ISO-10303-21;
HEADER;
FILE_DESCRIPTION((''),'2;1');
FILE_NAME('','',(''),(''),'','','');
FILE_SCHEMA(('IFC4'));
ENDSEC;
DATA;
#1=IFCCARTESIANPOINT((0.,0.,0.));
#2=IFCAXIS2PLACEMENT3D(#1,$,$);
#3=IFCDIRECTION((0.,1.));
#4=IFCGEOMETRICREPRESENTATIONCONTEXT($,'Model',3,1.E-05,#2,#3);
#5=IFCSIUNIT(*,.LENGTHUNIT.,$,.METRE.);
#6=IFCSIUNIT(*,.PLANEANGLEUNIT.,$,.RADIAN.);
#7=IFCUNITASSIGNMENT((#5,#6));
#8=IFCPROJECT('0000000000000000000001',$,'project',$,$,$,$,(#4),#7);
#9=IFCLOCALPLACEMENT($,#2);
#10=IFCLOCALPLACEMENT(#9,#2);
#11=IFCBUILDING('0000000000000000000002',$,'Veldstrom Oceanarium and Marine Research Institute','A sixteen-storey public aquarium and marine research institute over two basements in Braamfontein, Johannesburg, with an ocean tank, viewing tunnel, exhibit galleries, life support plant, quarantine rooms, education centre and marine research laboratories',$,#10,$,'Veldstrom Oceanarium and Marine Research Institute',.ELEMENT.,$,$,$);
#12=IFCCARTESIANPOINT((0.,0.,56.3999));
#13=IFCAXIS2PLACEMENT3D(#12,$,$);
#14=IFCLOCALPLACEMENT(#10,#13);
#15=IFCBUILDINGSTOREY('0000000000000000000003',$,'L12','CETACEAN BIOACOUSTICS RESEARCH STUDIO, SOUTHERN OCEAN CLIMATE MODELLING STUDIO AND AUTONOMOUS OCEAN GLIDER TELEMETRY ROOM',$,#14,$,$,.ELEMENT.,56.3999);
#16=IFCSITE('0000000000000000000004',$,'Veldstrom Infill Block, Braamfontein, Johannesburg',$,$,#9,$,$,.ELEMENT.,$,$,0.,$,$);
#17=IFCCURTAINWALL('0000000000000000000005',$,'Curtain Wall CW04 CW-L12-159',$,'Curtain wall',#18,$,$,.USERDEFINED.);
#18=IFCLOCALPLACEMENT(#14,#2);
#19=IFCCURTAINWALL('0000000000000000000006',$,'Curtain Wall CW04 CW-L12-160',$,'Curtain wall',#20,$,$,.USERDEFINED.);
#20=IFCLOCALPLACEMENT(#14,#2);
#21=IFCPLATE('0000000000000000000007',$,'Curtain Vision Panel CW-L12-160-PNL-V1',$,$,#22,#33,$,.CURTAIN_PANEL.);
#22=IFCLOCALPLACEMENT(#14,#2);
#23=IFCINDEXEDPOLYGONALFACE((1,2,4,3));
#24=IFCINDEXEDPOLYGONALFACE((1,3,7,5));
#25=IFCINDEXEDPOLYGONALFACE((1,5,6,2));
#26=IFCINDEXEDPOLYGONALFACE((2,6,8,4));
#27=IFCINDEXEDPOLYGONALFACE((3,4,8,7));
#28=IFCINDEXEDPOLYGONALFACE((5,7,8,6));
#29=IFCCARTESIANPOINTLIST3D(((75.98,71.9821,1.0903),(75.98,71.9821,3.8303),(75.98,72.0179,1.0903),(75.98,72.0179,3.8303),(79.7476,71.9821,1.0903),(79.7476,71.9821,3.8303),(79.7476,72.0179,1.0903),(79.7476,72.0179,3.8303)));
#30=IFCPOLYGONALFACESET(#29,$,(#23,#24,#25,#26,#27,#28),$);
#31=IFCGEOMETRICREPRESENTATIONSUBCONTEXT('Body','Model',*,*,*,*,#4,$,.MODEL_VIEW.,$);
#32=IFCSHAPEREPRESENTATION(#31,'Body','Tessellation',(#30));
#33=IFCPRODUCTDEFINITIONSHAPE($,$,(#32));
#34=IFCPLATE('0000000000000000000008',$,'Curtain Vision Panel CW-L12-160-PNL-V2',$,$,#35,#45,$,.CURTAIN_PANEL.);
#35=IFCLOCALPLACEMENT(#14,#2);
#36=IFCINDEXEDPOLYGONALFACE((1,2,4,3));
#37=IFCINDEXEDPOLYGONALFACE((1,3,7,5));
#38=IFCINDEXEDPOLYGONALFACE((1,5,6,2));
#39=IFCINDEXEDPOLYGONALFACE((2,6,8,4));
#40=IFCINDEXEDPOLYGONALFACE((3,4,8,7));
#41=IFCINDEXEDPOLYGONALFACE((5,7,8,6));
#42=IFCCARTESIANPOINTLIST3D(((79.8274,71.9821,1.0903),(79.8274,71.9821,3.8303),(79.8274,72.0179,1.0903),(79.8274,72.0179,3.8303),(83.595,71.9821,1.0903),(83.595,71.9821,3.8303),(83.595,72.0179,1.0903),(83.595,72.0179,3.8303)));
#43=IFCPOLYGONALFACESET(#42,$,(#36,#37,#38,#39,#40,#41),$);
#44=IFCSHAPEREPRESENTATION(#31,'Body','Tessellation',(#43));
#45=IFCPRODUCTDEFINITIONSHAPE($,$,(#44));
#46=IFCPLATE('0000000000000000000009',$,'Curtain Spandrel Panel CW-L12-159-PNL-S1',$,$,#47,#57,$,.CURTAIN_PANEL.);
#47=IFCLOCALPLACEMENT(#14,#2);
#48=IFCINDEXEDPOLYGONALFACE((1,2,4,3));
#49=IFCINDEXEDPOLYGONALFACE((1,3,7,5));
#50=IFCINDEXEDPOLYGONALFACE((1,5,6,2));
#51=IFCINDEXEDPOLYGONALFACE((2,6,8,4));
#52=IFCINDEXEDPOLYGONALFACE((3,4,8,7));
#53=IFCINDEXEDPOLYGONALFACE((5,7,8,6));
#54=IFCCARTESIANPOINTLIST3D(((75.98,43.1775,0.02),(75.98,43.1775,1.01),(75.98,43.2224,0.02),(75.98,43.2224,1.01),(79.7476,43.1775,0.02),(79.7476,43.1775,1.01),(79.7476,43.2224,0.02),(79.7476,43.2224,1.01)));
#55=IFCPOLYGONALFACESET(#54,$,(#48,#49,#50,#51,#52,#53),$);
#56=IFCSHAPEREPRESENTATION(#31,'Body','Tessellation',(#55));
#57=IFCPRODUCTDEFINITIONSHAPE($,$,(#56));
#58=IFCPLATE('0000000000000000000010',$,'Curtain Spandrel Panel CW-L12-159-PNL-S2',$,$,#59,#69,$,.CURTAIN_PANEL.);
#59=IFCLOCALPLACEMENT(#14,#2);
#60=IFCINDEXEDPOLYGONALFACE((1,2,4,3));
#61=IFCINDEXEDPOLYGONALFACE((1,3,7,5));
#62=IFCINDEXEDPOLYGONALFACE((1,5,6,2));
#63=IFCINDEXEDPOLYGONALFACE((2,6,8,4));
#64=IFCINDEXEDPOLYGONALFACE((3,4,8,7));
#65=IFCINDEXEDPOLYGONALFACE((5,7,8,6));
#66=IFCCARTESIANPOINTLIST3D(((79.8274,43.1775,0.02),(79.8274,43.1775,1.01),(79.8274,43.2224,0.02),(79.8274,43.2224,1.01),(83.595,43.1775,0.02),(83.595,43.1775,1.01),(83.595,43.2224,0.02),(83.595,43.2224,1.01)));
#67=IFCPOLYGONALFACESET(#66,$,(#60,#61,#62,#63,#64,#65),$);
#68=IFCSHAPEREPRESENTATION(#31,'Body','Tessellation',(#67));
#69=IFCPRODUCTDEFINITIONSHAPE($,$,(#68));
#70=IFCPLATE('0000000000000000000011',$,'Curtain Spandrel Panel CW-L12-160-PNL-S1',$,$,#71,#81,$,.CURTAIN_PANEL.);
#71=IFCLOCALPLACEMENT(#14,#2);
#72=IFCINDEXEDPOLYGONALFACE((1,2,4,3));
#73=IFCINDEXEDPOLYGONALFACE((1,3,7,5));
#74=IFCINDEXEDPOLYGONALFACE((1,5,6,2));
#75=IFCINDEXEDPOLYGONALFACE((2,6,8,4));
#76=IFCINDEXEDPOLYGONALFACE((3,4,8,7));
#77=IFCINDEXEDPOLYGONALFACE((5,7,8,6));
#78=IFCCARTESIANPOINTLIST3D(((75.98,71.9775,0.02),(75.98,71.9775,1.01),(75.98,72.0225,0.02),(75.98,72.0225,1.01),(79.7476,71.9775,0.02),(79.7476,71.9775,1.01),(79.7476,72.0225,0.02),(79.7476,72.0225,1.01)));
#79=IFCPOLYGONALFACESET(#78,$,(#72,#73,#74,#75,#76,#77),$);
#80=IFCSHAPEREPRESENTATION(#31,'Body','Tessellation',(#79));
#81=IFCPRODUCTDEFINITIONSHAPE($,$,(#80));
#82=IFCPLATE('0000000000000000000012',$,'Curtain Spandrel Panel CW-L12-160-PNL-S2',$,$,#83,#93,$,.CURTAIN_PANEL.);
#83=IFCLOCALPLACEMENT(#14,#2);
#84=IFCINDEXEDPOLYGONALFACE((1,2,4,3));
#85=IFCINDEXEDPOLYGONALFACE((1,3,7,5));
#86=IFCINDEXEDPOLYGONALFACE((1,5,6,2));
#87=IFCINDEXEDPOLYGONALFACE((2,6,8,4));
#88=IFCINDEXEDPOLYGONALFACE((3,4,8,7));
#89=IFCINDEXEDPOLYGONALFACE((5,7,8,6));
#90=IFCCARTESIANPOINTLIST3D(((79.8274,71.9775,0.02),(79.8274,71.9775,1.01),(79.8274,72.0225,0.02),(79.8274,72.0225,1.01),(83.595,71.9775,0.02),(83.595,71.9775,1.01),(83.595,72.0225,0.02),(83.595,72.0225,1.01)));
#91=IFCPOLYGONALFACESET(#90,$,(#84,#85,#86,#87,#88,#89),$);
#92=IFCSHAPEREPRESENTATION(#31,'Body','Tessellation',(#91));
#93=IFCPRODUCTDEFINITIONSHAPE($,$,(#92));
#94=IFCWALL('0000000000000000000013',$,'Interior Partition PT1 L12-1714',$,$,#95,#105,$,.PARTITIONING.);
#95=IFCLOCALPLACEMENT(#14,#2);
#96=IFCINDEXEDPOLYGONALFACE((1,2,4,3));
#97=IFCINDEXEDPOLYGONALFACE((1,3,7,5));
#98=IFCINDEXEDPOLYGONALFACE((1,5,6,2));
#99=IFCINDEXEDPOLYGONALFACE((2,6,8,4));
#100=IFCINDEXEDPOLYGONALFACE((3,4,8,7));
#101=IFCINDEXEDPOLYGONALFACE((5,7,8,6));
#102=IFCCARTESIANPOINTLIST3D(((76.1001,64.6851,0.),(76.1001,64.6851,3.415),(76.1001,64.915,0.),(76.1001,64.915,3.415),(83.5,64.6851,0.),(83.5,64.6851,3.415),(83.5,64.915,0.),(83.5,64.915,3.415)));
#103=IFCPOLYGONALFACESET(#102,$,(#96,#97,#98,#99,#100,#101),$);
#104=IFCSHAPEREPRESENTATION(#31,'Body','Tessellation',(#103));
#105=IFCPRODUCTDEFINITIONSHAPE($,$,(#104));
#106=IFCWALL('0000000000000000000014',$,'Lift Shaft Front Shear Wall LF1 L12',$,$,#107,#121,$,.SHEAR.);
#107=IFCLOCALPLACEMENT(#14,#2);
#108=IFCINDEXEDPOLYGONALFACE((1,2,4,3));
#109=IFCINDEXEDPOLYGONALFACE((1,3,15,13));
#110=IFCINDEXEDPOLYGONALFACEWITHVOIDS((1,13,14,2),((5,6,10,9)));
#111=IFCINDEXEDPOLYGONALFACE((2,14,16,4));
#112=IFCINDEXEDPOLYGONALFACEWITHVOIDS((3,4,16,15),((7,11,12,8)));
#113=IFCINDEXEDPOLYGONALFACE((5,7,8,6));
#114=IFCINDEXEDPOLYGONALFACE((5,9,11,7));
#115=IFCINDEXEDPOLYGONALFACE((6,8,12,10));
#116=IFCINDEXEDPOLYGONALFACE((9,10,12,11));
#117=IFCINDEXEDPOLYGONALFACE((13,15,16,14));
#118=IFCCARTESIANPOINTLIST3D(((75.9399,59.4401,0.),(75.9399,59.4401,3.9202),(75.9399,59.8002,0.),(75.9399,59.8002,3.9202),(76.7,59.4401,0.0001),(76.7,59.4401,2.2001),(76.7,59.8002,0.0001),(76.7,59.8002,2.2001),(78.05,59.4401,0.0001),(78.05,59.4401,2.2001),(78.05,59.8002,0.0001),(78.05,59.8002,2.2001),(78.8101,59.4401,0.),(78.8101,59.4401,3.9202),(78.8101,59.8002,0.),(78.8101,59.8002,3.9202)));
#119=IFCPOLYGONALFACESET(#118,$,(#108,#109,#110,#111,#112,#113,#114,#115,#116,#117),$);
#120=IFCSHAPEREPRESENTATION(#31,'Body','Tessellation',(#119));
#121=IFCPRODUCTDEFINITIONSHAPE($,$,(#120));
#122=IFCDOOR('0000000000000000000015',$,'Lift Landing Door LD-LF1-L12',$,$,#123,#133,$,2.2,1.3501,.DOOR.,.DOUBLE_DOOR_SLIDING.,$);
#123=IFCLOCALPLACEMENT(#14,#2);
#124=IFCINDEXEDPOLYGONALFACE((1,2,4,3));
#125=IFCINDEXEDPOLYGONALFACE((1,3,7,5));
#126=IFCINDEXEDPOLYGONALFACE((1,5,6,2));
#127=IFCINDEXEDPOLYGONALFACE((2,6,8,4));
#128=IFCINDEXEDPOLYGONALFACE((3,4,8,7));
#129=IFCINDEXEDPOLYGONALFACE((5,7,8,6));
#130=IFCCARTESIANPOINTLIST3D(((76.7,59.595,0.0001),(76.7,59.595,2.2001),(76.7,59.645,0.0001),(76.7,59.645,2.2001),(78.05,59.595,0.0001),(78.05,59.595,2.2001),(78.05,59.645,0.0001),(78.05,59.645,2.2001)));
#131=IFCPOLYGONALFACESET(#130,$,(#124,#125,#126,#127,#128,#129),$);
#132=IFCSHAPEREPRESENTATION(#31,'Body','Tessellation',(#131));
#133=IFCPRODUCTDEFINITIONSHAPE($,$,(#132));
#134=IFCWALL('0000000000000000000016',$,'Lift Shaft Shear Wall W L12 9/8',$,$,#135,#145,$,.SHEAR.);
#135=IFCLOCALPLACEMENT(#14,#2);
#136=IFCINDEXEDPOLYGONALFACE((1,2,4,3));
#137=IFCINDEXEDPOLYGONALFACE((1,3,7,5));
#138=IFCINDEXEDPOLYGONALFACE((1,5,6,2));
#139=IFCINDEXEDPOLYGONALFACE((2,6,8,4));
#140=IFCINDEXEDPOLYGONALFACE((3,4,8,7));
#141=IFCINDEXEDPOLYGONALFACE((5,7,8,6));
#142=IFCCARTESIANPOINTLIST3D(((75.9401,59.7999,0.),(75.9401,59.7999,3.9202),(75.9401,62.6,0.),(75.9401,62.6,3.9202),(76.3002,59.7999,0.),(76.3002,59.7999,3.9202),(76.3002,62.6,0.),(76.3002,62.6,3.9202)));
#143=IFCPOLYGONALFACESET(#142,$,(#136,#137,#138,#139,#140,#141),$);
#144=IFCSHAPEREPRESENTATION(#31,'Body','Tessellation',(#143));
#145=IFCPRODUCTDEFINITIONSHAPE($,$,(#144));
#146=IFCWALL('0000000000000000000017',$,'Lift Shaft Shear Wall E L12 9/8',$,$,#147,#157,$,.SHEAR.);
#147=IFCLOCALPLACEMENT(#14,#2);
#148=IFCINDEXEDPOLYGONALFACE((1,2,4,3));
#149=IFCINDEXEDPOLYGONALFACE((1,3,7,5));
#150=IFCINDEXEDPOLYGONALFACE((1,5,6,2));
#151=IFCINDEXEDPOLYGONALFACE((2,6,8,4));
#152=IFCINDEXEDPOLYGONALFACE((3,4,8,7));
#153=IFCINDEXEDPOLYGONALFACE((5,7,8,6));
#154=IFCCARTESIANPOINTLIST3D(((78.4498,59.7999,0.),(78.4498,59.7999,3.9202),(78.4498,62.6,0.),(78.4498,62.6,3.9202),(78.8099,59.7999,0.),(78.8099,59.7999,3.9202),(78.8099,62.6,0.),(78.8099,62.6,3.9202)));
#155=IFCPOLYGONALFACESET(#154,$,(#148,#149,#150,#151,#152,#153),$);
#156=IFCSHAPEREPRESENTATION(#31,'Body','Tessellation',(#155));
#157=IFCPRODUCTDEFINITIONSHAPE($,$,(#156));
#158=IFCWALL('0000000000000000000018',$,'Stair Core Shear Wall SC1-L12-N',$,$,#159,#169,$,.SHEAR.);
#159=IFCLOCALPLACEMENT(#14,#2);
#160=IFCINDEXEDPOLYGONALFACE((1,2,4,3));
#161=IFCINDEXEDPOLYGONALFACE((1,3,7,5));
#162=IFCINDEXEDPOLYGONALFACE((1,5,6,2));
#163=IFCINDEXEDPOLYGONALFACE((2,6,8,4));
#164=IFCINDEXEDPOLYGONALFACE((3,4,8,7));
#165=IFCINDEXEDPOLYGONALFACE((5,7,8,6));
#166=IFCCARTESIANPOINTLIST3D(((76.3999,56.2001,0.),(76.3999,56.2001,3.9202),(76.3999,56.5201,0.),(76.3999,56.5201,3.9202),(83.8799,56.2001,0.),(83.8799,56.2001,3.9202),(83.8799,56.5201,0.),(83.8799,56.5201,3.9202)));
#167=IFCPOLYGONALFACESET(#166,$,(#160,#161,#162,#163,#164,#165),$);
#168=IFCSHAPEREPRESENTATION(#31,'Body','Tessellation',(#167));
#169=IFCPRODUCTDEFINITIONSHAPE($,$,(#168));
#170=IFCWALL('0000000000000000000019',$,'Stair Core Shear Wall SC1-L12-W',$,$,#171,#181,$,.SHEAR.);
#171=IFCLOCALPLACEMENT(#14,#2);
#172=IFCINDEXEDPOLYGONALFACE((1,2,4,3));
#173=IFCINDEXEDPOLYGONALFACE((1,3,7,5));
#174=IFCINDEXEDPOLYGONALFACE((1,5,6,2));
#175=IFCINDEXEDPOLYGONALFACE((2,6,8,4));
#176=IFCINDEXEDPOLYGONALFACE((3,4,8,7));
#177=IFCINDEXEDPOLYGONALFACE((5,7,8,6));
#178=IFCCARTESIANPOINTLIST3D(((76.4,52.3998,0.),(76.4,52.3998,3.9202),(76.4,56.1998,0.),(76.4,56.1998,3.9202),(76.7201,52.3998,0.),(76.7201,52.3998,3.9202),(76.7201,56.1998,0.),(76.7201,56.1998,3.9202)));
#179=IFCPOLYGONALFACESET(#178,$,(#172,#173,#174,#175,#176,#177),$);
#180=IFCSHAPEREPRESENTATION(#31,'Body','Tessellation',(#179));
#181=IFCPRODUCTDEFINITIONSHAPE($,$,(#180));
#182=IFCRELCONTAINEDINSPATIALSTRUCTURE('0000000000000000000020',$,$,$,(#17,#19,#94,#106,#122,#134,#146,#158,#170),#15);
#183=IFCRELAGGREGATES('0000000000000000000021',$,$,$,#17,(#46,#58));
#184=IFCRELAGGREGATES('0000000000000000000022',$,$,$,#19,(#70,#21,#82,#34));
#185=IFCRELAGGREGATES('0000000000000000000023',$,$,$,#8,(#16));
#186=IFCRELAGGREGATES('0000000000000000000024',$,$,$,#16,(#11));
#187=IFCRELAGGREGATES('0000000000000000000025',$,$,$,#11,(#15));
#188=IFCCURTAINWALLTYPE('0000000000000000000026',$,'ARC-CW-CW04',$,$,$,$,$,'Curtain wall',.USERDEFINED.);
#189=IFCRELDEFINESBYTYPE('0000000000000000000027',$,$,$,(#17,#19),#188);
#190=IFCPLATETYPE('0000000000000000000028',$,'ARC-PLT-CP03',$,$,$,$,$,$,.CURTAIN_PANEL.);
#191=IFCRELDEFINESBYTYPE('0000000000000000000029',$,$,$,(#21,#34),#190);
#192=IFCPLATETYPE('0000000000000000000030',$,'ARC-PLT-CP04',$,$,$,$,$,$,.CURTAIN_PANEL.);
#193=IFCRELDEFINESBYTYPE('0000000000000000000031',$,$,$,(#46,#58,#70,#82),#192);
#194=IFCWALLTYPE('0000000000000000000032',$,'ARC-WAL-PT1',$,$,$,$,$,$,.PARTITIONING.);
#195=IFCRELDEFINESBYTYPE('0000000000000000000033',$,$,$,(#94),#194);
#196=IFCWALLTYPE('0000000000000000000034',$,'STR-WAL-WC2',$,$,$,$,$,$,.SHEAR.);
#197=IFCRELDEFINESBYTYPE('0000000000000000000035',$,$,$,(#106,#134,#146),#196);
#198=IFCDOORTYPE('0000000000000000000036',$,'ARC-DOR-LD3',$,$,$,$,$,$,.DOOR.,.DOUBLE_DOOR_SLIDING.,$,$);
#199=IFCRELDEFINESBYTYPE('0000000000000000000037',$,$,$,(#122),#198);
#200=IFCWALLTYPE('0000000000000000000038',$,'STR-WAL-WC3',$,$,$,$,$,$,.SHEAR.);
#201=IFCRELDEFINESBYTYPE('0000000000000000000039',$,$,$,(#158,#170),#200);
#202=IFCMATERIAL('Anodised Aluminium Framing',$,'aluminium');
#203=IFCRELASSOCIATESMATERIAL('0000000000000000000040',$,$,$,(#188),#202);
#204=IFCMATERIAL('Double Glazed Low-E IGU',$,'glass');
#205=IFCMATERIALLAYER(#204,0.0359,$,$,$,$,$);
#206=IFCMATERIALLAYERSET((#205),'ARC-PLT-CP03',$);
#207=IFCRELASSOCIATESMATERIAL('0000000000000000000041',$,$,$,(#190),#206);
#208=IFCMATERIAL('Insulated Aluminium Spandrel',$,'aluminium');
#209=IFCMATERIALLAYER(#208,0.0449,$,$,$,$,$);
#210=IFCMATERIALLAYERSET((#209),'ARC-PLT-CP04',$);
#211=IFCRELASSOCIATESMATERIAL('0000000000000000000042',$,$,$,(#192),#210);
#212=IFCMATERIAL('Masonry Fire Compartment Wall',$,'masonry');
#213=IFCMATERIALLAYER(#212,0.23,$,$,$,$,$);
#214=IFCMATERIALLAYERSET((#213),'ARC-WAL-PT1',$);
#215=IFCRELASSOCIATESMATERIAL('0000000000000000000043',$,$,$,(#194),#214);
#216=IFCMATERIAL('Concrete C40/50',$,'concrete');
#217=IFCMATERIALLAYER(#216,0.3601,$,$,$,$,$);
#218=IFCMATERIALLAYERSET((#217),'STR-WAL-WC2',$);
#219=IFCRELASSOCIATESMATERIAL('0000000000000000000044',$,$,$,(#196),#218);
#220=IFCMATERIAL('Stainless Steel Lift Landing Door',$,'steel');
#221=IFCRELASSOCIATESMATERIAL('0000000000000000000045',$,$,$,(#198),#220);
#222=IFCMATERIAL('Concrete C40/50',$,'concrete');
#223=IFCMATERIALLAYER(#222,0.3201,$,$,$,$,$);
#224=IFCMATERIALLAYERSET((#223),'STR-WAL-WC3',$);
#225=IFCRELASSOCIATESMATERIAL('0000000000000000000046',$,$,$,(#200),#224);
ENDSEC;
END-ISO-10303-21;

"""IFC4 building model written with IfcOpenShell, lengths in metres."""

from ifc_helpers import new_model, si_unit, direction, frame, frame_2d, origin, origin_2d, place, context, subcontext, project, spatial, rectangle, extrude, material, layer, layer_set, type_object, element, fill, aggregate, save


model = new_model("IFC4")

# Units and contexts
model_context = context("Model", 3, precision=1e-05, world=origin(), true_north=direction((0.0, 1.0)))
body_context = subcontext(model_context, "Body", "Model", "MODEL_VIEW")
ifc_project = project(units=[si_unit("LENGTHUNIT", "METRE"), si_unit("PLANEANGLEUNIT", "RADIAN")], contexts=[model_context])

# Site, building, storey
site_placement = place(None, origin())
site = spatial("IfcSite", under=ifc_project, at=site_placement, Name="Veldstrom Infill Block, Braamfontein, Johannesburg", CompositionType="ELEMENT", RefElevation=0.0)
building_placement = place(site_placement, origin())
building = spatial("IfcBuilding", under=site, at=building_placement, Name="Veldstrom Oceanarium and Marine Research Institute", Description="A sixteen-storey public aquarium and marine research institute over two basements in Braamfontein, Johannesburg, with an ocean tank, viewing tunnel, exhibit galleries, life support plant, quarantine rooms, education centre and marine research laboratories", LongName="Veldstrom Oceanarium and Marine Research Institute", CompositionType="ELEMENT")
storey_placement = place(building_placement, frame((0.0, 0.0, 56.3999)))
storey = spatial("IfcBuildingStorey", under=building, at=storey_placement, Name="L12", Description="CETACEAN BIOACOUSTICS RESEARCH STUDIO, SOUTHERN OCEAN CLIMATE MODELLING STUDIO AND AUTONOMOUS OCEAN GLIDER TELEMETRY ROOM", CompositionType="ELEMENT", Elevation=56.3999)

# Curtain walls
ifc_material_1 = material(Name="Anodised Aluminium Framing", Category="aluminium")
curtain_wall_type = type_object("IfcCurtainWallType", Name="ARC-CW-CW04", ElementType="Curtain wall", PredefinedType="USERDEFINED", material=ifc_material_1)
curtain_wall_1_placement = place(storey_placement, origin())
curtain_wall_1 = element("IfcCurtainWall", 1, at=curtain_wall_1_placement, inside=storey, type_object=curtain_wall_type, Name="Curtain Wall CW04 CW-L12-159", ObjectType="Curtain wall", PredefinedType="USERDEFINED")
curtain_wall_2_placement = place(storey_placement, origin())
curtain_wall_2 = element("IfcCurtainWall", 2, at=curtain_wall_2_placement, inside=storey, type_object=curtain_wall_type, Name="Curtain Wall CW04 CW-L12-160", ObjectType="Curtain wall", PredefinedType="USERDEFINED")

# Plates
ifc_material_2 = material(Name="Double Glazed Low-E IGU", Category="glass")
ifc_layer_1 = layer(ifc_material_2, 0.0359)
ifc_layer_set_1 = layer_set([ifc_layer_1], Name="ARC-PLT-CP03")
plate_type_1 = type_object("IfcPlateType", Name="ARC-PLT-CP03", PredefinedType="CURTAIN_PANEL", material=ifc_layer_set_1)
plate_1_placement = place(storey_placement, frame((77.8638, 72.0, 1.0903), z_axis=(0.0, 0.0, 1.0), x_axis=(1.0, 0.0, 0.0)))
plate_1 = element("IfcPlate", 3, at=plate_1_placement, type_object=plate_type_1, Name="Curtain Vision Panel CW-L12-160-PNL-V1", PredefinedType="CURTAIN_PANEL", context=body_context, shape_type="SweptSolid", body=[
    extrude(rectangle(XDim=3.7676, YDim=0.0359, at=origin_2d()), origin(), (0.0, 0.0, 1.0), 2.74),
])
plate_2_placement = place(storey_placement, frame((81.7112, 72.0, 1.0903), z_axis=(0.0, 0.0, 1.0), x_axis=(1.0, 0.0, 0.0)))
plate_2 = element("IfcPlate", 4, at=plate_2_placement, type_object=plate_type_1, Name="Curtain Vision Panel CW-L12-160-PNL-V2", PredefinedType="CURTAIN_PANEL", context=body_context, shape_type="SweptSolid", body=[
    extrude(rectangle(XDim=3.7676, YDim=0.0359, at=origin_2d()), origin(), (0.0, 0.0, 1.0), 2.74),
])
ifc_material_3 = material(Name="Insulated Aluminium Spandrel", Category="aluminium")
ifc_layer_2 = layer(ifc_material_3, 0.0449)
ifc_layer_set_2 = layer_set([ifc_layer_2], Name="ARC-PLT-CP04")
plate_type_2 = type_object("IfcPlateType", Name="ARC-PLT-CP04", PredefinedType="CURTAIN_PANEL", material=ifc_layer_set_2)
plate_3_placement = place(storey_placement, frame((77.8638, 43.2, 0.02), z_axis=(0.0, 0.0, 1.0), x_axis=(1.0, 0.0, 0.0)))
plate_3 = element("IfcPlate", 5, at=plate_3_placement, type_object=plate_type_2, Name="Curtain Spandrel Panel CW-L12-159-PNL-S1", PredefinedType="CURTAIN_PANEL", context=body_context, shape_type="SweptSolid", body=[
    extrude(rectangle(XDim=3.7676, YDim=0.0449, at=origin_2d()), origin(), (0.0, 0.0, 1.0), 0.99),
])
plate_4_placement = place(storey_placement, frame((81.7112, 43.2, 0.02), z_axis=(0.0, 0.0, 1.0), x_axis=(1.0, 0.0, 0.0)))
plate_4 = element("IfcPlate", 6, at=plate_4_placement, type_object=plate_type_2, Name="Curtain Spandrel Panel CW-L12-159-PNL-S2", PredefinedType="CURTAIN_PANEL", context=body_context, shape_type="SweptSolid", body=[
    extrude(rectangle(XDim=3.7676, YDim=0.0449, at=origin_2d()), origin(), (0.0, 0.0, 1.0), 0.99),
])
aggregate(curtain_wall_1, [plate_3, plate_4])
plate_5_placement = place(storey_placement, frame((77.8638, 72.0, 0.02), z_axis=(0.0, 0.0, 1.0), x_axis=(1.0, 0.0, 0.0)))
plate_5 = element("IfcPlate", 7, at=plate_5_placement, type_object=plate_type_2, Name="Curtain Spandrel Panel CW-L12-160-PNL-S1", PredefinedType="CURTAIN_PANEL", context=body_context, shape_type="SweptSolid", body=[
    extrude(rectangle(XDim=3.7676, YDim=0.0449, at=origin_2d()), origin(), (0.0, 0.0, 1.0), 0.99),
])
plate_6_placement = place(storey_placement, frame((81.7112, 72.0, 0.02), z_axis=(0.0, 0.0, 1.0), x_axis=(1.0, 0.0, 0.0)))
plate_6 = element("IfcPlate", 8, at=plate_6_placement, type_object=plate_type_2, Name="Curtain Spandrel Panel CW-L12-160-PNL-S2", PredefinedType="CURTAIN_PANEL", context=body_context, shape_type="SweptSolid", body=[
    extrude(rectangle(XDim=3.7676, YDim=0.0449, at=origin_2d()), origin(), (0.0, 0.0, 1.0), 0.99),
])
aggregate(curtain_wall_2, [plate_5, plate_1, plate_6, plate_2])

# Shared definitions
ifc_material_4 = material(Name="Masonry Fire Compartment Wall", Category="masonry")
ifc_layer_3 = layer(ifc_material_4, 0.23)
ifc_layer_set_3 = layer_set([ifc_layer_3], Name="ARC-WAL-PT1")
wall_type_1 = type_object("IfcWallType", Name="ARC-WAL-PT1", PredefinedType="PARTITIONING", material=ifc_layer_set_3)

# Wall
wall_1_placement = place(storey_placement, frame((76.1001, 64.8, 0.0), z_axis=(0.0, 0.0, 1.0), x_axis=(1.0, 0.0, 0.0)))
element("IfcWall", 9, at=wall_1_placement, inside=storey, type_object=wall_type_1, Name="Interior Partition PT1 L12-1714", PredefinedType="PARTITIONING", context=body_context, shape_type="SweptSolid", body=[
    extrude(rectangle(XDim=7.3999, YDim=0.23, at=frame_2d((3.7, 0.0))), origin(), (0.0, 0.0, 1.0), 3.415),
])

# Wall, opening, door
ifc_material_5 = material(Name="Concrete C40/50", Category="concrete")
ifc_layer_4 = layer(ifc_material_5, 0.3601)
ifc_layer_set_4 = layer_set([ifc_layer_4], Name="STR-WAL-WC2")
wall_type_2 = type_object("IfcWallType", Name="STR-WAL-WC2", PredefinedType="SHEAR", material=ifc_layer_set_4)
wall_2_placement = place(storey_placement, frame((75.9399, 59.6201, 0.0), z_axis=(0.0, 0.0, 1.0), x_axis=(1.0, 0.0, 0.0)))
wall_2 = element("IfcWall", 10, at=wall_2_placement, inside=storey, type_object=wall_type_2, Name="Lift Shaft Front Shear Wall LF1 L12", PredefinedType="SHEAR", context=body_context, shape_type="SweptSolid", body=[
    extrude(rectangle(XDim=2.8701, YDim=0.3601, at=frame_2d((1.4351, 0.0))), origin(), (0.0, 0.0, 1.0), 3.9202),
])
opening_1_placement = place(wall_2_placement, frame((0.76, 0.0, 0.0)))
opening_1 = element("IfcOpeningElement", 11, at=opening_1_placement, cuts=wall_2, PredefinedType="OPENING", context=body_context, shape_type="SweptSolid", body=[
    extrude(rectangle(XDim=1.3501, YDim=2.2, at=frame_2d((0.675, 1.1001))), frame((0.0, 0.1899, 0.0), z_axis=(0.0, -1.0, 0.0), x_axis=(1.0, 0.0, 0.0)), (0.0, 0.0, 1.0), 0.3801),
])
ifc_material_6 = material(Name="Stainless Steel Lift Landing Door", Category="steel")
door_type_1 = type_object("IfcDoorType", Name="ARC-DOR-LD3", OperationType="DOUBLE_DOOR_SLIDING", PredefinedType="DOOR", material=ifc_material_6)
door_1_placement = place(opening_1_placement, origin())
door_1 = element("IfcDoor", 12, at=door_1_placement, inside=storey, type_object=door_type_1, Name="Lift Landing Door LD-LF1-L12", OperationType="DOUBLE_DOOR_SLIDING", OverallHeight=2.2, OverallWidth=1.3501, PredefinedType="DOOR", context=body_context, shape_type="SweptSolid", body=[
    extrude(rectangle(XDim=1.3501, YDim=2.2, at=frame_2d((0.675, 1.1001))), frame((0.0, 0.0249, 0.0), z_axis=(0.0, -1.0, 0.0), x_axis=(1.0, 0.0, 0.0)), (0.0, 0.0, 1.0), 0.05),
])
fill(opening_1, door_1)

# Walls
for number, where, z_axis, x_axis, name in (
    (13, (76.1201, 59.8, 0.0), (0.0, 0.0, 1.0), (0.0, 1.0, 0.0), "Lift Shaft Shear Wall W L12 9/8"),
    (14, (78.6299, 59.8, 0.0), (0.0, 0.0, 1.0), (0.0, 1.0, 0.0), "Lift Shaft Shear Wall E L12 9/8"),
):
    element("IfcWall", number, at=place(storey_placement, frame(where, z_axis=z_axis, x_axis=x_axis)), inside=storey, type_object=wall_type_2, Name=name, PredefinedType="SHEAR", context=body_context, shape_type="SweptSolid", body=[
        extrude(rectangle(XDim=2.8, YDim=0.3601, at=frame_2d((1.3999, 0.0))), origin(), (0.0, 0.0, 1.0), 3.9202),
    ])

# Shared definitions
ifc_material_7 = material(Name="Concrete C40/50", Category="concrete")
ifc_layer_5 = layer(ifc_material_7, 0.3201)
ifc_layer_set_5 = layer_set([ifc_layer_5], Name="STR-WAL-WC3")
wall_type_3 = type_object("IfcWallType", Name="STR-WAL-WC3", PredefinedType="SHEAR", material=ifc_layer_set_5)

# Walls
wall_3_placement = place(storey_placement, frame((76.3999, 56.3601, 0.0), z_axis=(0.0, 0.0, 1.0), x_axis=(1.0, 0.0, 0.0)))
element("IfcWall", 15, at=wall_3_placement, inside=storey, type_object=wall_type_3, Name="Stair Core Shear Wall SC1-L12-N", PredefinedType="SHEAR", context=body_context, shape_type="SweptSolid", body=[
    extrude(rectangle(XDim=7.48, YDim=0.3201, at=frame_2d((3.74, 0.0))), origin(), (0.0, 0.0, 1.0), 3.9202),
])
wall_4_placement = place(storey_placement, frame((76.5601, 52.3999, 0.0), z_axis=(0.0, 0.0, 1.0), x_axis=(0.0, 1.0, 0.0)))
element("IfcWall", 16, at=wall_4_placement, inside=storey, type_object=wall_type_3, Name="Stair Core Shear Wall SC1-L12-W", PredefinedType="SHEAR", context=body_context, shape_type="SweptSolid", body=[
    extrude(rectangle(XDim=3.8, YDim=0.3201, at=frame_2d((1.8999, 0.0))), origin(), (0.0, 0.0, 1.0), 3.9202),
])

save(model, "model.ifc")
